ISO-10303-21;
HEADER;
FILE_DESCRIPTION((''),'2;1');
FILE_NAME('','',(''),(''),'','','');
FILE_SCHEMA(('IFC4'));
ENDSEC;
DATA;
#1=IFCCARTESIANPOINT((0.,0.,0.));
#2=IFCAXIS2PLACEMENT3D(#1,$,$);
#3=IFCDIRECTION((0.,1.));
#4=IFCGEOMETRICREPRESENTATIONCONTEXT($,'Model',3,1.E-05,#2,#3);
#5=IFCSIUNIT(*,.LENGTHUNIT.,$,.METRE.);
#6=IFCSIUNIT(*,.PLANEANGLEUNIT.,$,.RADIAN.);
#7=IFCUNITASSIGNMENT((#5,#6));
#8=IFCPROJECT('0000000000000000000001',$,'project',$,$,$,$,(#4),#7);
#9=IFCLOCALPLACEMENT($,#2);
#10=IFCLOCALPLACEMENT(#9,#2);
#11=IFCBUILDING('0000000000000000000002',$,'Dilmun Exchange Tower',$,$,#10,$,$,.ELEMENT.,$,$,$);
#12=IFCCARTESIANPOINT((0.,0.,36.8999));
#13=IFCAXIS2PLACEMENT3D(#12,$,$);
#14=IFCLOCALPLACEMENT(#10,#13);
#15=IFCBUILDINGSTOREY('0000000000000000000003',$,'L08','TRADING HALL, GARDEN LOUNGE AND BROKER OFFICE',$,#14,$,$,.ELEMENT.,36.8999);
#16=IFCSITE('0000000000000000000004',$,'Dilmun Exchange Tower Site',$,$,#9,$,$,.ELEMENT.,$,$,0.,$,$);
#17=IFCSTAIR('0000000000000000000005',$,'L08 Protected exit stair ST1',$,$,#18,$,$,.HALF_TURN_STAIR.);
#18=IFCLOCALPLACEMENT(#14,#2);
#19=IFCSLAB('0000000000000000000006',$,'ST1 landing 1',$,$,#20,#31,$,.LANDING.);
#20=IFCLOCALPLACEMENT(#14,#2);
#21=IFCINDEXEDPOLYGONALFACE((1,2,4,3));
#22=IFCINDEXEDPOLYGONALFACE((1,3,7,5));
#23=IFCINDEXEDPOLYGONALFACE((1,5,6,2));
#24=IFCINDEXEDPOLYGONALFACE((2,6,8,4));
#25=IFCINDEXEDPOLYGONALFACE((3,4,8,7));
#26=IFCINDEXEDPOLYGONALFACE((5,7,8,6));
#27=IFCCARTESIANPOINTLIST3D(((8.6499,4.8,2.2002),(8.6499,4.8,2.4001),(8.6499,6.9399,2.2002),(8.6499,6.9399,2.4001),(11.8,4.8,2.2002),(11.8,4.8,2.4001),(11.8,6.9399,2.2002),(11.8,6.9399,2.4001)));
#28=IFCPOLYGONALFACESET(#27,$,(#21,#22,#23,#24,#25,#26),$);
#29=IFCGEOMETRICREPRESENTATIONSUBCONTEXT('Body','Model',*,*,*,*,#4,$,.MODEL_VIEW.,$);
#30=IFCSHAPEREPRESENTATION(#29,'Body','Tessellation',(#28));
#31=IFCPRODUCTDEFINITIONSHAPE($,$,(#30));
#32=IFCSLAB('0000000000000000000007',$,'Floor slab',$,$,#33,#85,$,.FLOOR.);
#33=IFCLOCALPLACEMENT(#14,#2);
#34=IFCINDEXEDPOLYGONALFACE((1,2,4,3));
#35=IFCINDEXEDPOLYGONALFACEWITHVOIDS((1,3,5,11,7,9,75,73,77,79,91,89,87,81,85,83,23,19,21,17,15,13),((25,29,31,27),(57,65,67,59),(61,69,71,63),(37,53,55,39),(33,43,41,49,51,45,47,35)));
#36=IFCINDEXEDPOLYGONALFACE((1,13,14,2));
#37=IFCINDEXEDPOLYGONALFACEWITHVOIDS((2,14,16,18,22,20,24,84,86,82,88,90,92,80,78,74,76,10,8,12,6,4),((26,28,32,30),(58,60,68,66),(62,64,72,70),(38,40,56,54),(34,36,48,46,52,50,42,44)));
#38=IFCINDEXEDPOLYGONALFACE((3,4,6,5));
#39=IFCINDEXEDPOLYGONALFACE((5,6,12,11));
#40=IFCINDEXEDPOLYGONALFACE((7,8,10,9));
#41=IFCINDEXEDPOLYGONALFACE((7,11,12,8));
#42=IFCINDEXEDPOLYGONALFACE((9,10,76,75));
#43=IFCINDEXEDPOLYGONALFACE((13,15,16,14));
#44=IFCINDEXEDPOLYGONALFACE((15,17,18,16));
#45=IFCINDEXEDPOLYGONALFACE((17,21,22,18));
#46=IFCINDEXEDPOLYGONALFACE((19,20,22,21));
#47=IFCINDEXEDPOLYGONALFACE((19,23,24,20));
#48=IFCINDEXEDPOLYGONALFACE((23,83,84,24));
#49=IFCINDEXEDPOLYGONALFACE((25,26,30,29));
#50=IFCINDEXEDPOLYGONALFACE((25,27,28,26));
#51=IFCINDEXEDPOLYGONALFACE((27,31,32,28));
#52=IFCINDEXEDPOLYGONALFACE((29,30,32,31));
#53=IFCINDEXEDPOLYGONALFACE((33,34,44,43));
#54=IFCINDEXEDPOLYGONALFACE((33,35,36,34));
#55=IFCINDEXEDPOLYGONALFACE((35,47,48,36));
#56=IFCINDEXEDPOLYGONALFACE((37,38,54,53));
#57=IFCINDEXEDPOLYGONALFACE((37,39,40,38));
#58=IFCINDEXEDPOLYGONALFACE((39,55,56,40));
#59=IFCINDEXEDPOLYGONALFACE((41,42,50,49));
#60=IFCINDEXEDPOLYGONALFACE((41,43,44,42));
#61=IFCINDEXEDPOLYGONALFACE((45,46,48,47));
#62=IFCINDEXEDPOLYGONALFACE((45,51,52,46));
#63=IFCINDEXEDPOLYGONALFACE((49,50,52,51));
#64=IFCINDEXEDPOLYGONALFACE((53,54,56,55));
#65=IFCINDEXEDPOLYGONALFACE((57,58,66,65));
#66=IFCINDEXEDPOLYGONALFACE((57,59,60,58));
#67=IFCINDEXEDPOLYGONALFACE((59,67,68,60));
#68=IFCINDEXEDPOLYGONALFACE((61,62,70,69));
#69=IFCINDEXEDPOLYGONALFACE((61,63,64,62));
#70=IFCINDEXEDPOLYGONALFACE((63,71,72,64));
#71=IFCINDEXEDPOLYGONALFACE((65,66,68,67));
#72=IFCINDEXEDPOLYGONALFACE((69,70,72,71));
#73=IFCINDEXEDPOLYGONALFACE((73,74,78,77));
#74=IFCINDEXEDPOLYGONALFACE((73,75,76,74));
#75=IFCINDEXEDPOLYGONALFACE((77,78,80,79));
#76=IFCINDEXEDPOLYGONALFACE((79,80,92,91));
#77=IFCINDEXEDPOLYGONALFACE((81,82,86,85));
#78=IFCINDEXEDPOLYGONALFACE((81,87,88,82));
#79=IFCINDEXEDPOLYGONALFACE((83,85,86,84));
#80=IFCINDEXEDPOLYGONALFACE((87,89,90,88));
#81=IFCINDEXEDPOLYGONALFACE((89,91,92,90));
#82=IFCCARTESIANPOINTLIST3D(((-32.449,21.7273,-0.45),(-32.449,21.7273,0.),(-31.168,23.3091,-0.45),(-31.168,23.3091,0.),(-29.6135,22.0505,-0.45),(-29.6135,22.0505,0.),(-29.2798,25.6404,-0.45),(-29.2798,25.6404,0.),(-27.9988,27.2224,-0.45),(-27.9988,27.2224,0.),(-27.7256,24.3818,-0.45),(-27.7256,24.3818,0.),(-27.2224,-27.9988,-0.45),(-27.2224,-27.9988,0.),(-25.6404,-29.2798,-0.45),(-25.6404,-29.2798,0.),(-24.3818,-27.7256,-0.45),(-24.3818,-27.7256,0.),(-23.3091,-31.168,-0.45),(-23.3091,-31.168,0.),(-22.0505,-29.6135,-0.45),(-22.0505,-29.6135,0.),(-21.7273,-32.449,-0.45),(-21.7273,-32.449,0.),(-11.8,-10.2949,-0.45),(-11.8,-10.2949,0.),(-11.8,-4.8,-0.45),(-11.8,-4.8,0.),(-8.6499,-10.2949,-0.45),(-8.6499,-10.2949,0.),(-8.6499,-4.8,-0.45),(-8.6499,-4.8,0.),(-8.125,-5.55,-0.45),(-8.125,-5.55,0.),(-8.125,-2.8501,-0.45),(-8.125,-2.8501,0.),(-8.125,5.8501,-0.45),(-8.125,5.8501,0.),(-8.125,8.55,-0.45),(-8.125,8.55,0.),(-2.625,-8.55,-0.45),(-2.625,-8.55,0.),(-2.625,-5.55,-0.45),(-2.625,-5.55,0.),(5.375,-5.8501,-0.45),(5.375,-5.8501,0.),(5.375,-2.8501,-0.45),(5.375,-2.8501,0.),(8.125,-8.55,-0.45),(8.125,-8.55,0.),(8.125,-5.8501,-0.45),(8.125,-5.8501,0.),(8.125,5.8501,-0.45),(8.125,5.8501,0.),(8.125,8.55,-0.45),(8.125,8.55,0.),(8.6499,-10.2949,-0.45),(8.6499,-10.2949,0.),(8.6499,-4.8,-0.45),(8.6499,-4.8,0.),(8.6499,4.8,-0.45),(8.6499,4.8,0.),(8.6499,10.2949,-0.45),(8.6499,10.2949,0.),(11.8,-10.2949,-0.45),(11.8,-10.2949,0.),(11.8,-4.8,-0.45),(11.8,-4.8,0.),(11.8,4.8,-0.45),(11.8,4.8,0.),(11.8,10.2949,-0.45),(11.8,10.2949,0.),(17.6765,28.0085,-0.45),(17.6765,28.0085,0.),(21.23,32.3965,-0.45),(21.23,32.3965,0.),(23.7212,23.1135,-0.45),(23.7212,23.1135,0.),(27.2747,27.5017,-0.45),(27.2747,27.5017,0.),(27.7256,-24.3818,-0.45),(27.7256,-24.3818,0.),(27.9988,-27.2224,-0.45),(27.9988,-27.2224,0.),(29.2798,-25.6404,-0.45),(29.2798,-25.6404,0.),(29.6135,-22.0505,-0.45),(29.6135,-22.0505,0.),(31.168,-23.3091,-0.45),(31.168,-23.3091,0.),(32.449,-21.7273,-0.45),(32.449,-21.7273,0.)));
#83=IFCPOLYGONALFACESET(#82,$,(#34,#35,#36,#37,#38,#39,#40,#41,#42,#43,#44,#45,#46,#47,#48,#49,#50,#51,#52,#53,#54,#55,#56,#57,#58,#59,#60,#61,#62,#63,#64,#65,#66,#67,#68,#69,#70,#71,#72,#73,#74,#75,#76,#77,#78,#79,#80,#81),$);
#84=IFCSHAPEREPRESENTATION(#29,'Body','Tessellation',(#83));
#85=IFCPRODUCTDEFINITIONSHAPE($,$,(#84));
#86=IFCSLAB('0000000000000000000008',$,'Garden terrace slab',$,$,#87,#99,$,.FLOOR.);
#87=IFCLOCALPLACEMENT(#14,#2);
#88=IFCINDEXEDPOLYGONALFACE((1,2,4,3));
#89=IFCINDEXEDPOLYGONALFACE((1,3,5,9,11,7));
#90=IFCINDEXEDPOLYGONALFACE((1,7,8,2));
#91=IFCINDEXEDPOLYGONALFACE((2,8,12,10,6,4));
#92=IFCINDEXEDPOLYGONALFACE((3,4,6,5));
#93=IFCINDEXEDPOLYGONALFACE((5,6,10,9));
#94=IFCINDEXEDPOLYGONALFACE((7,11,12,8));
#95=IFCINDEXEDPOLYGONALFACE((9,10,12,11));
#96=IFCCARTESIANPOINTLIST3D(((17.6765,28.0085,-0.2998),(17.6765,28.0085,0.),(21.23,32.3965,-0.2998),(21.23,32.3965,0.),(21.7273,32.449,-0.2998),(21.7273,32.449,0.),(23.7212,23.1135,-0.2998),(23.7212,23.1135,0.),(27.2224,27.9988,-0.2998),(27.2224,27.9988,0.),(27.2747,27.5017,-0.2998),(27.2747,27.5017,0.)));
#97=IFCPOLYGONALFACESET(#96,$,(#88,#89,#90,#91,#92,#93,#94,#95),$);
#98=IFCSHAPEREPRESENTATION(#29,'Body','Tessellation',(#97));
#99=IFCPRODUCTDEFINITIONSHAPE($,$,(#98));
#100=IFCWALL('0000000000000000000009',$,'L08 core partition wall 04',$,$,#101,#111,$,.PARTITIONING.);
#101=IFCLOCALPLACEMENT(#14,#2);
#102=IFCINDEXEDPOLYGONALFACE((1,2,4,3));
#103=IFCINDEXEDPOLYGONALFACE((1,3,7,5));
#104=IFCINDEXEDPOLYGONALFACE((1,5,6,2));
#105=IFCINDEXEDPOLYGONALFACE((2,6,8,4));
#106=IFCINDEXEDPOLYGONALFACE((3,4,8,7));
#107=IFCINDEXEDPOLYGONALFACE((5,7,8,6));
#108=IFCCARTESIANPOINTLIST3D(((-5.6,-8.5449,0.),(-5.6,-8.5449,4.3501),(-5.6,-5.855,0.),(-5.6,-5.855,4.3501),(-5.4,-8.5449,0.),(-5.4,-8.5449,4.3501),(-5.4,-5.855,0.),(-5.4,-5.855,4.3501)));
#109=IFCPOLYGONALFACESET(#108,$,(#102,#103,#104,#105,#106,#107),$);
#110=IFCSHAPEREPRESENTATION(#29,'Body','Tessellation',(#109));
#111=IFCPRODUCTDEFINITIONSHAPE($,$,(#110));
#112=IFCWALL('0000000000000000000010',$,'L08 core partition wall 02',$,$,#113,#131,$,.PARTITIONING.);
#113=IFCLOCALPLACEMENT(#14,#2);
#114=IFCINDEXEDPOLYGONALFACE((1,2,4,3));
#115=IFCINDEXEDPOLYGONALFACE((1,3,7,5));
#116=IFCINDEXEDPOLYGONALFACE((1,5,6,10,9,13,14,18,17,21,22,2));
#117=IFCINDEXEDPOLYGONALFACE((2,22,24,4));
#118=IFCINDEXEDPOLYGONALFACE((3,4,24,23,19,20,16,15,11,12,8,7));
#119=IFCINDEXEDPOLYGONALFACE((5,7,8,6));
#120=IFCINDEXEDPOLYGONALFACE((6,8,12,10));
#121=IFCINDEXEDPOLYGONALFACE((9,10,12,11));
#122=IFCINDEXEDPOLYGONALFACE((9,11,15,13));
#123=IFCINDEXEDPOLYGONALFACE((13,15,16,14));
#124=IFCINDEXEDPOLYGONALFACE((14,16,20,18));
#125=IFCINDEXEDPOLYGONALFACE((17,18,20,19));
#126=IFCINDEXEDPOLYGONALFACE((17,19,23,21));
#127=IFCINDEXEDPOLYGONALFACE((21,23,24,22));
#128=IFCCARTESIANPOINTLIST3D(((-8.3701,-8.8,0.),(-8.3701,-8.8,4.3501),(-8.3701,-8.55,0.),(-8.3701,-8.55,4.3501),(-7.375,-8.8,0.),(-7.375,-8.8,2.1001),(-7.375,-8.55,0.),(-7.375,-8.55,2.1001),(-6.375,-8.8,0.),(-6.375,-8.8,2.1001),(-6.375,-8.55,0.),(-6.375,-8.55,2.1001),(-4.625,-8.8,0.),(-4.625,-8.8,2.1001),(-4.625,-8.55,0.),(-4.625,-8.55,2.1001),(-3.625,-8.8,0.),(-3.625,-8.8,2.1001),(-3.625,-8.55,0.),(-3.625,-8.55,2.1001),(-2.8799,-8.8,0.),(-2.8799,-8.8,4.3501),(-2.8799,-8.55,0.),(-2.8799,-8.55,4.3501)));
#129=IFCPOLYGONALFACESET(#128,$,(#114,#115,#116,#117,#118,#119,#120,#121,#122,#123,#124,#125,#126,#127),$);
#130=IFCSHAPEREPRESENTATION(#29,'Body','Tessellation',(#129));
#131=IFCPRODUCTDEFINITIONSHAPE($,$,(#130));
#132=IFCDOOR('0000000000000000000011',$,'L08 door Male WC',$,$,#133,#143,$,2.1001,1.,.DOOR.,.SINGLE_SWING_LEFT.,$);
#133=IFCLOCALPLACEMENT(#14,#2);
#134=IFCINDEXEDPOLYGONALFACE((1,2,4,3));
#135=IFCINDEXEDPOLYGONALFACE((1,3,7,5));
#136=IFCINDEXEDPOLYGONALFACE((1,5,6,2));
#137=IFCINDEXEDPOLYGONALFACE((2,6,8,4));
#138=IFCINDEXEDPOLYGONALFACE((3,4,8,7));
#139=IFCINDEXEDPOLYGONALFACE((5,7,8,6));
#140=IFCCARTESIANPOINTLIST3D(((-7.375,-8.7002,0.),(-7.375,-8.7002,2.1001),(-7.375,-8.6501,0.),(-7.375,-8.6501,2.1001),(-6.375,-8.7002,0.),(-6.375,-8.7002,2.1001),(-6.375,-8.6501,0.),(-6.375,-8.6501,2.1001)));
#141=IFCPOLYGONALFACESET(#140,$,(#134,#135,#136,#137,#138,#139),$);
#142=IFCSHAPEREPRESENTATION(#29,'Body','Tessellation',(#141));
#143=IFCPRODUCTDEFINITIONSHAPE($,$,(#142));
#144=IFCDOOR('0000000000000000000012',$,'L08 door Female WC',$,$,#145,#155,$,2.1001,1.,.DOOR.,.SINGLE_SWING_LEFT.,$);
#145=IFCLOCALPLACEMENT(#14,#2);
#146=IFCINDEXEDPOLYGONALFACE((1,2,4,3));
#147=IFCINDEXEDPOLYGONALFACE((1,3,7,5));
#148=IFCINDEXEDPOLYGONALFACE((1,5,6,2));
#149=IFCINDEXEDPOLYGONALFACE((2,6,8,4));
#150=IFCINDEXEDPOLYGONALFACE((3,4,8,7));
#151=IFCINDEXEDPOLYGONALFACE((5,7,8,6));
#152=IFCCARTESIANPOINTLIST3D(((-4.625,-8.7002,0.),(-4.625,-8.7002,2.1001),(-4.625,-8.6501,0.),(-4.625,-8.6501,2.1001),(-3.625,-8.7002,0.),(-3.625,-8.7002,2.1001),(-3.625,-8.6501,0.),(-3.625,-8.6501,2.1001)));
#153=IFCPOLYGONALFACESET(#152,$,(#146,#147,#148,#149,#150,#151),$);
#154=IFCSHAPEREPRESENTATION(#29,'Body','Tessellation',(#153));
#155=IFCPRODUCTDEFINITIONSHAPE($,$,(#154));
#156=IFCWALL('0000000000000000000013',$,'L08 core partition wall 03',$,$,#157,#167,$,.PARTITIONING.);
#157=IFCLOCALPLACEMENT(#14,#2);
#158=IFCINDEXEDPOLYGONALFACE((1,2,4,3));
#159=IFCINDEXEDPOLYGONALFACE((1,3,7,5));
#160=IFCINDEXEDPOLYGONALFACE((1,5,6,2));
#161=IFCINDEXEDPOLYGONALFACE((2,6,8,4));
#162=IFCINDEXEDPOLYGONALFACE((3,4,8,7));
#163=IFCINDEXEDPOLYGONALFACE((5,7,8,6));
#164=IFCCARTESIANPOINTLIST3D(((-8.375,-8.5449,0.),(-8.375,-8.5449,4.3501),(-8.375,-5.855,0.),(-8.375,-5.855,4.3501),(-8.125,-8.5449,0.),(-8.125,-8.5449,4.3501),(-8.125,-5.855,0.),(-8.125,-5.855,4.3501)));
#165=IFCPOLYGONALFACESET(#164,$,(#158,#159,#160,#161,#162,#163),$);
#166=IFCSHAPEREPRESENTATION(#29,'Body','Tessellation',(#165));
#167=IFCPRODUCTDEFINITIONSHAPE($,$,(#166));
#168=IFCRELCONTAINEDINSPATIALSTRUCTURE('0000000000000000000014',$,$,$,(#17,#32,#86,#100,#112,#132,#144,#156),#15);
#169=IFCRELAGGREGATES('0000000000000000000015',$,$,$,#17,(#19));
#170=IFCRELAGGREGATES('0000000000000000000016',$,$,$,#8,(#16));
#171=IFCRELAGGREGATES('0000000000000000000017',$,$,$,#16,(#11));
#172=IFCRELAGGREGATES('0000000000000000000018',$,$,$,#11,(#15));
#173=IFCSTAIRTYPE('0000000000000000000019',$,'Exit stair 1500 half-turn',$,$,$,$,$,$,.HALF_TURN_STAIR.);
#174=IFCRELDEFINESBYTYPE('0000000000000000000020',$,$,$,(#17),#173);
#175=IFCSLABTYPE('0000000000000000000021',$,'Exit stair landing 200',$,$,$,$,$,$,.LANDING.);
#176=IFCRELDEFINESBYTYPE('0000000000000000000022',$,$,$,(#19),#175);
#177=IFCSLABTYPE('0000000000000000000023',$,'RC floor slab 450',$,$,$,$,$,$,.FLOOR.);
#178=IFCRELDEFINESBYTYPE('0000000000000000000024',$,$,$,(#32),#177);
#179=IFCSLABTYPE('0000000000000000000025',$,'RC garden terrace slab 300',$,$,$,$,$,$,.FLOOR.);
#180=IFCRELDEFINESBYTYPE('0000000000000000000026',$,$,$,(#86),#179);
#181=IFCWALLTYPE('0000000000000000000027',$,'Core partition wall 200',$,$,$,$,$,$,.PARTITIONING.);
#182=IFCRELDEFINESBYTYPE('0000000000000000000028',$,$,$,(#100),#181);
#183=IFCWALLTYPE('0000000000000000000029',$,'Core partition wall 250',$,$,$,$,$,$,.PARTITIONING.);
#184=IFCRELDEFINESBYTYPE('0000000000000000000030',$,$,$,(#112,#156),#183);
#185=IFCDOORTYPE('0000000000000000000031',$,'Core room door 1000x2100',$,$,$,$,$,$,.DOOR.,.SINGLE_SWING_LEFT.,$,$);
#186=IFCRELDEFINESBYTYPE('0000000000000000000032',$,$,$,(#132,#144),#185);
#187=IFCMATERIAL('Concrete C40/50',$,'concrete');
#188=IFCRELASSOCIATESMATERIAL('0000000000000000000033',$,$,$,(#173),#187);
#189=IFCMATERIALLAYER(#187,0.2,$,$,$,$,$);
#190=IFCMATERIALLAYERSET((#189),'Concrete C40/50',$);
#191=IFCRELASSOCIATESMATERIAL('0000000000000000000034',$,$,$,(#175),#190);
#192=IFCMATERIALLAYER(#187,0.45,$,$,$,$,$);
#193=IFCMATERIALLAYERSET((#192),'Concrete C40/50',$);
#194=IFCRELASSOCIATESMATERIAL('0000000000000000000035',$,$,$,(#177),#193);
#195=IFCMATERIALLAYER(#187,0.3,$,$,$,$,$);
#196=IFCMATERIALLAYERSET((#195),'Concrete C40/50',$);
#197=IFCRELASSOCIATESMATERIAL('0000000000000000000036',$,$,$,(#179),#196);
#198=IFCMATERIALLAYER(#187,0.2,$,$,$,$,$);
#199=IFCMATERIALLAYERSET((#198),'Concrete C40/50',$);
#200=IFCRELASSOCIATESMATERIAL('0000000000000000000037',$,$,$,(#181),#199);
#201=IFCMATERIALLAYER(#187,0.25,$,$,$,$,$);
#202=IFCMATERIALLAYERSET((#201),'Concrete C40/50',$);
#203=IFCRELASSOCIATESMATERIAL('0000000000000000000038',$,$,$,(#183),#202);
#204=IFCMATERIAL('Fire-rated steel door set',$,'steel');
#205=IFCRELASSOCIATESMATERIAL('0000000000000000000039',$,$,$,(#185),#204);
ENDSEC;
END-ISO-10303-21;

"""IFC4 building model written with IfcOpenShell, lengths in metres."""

from ifc_helpers import new_model, si_unit, direction, frame, frame_2d, origin, place, context, subcontext, project, spatial, polyline, rectangle, outline, extrude, material, layer, layer_set, type_object, element, fill, aggregate, save


model = new_model("IFC4")

# Units and contexts
model_context = context("Model", 3, precision=1e-05, world=origin(), true_north=direction((0.0, 1.0)))
body_context = subcontext(model_context, "Body", "Model", "MODEL_VIEW")
ifc_project = project(units=[si_unit("LENGTHUNIT", "METRE"), si_unit("PLANEANGLEUNIT", "RADIAN")], contexts=[model_context])

# Site, building, storey
site_placement = place(None, origin())
site = spatial("IfcSite", under=ifc_project, at=site_placement, Name="Dilmun Exchange Tower Site", CompositionType="ELEMENT", RefElevation=0.0)
building_placement = place(site_placement, origin())
building = spatial("IfcBuilding", under=site, at=building_placement, Name="Dilmun Exchange Tower", CompositionType="ELEMENT")
storey_placement = place(building_placement, frame((0.0, 0.0, 36.8999)))
storey = spatial("IfcBuildingStorey", under=building, at=storey_placement, Name="L08", Description="TRADING HALL, GARDEN LOUNGE AND BROKER OFFICE", CompositionType="ELEMENT", Elevation=36.8999)

# Stair, slab
ifc_material_1 = material(Name="Concrete C40/50", Category="concrete")
stair_type = type_object("IfcStairType", Name="Exit stair 1500 half-turn", PredefinedType="HALF_TURN_STAIR", material=ifc_material_1)
stair_placement = place(storey_placement, origin())
stair = element("IfcStair", 1, at=stair_placement, inside=storey, type_object=stair_type, Name="L08 Protected exit stair ST1", PredefinedType="HALF_TURN_STAIR")
ifc_layer_1 = layer(ifc_material_1, 0.2)
ifc_layer_set_1 = layer_set([ifc_layer_1], Name="Concrete C40/50")
slab_type_1 = type_object("IfcSlabType", Name="Exit stair landing 200", PredefinedType="LANDING", material=ifc_layer_set_1)
slab_1_placement = place(storey_placement, frame((0.0, 0.0, 2.2002)))
slab_1 = element("IfcSlab", 2, at=slab_1_placement, type_object=slab_type_1, Name="ST1 landing 1", PredefinedType="LANDING", context=body_context, shape_type="SweptSolid", body=[
    extrude(outline(polyline([(8.6499, 6.9399), (8.6499, 4.8), (11.8, 4.8), (11.8, 6.9399), (8.6499, 6.9399)])), origin(), (0.0, 0.0, 1.0), 0.2),
])
aggregate(stair, [slab_1])

# Slabs
ifc_layer_2 = layer(ifc_material_1, 0.45)
ifc_layer_set_2 = layer_set([ifc_layer_2], Name="Concrete C40/50")
slab_type_2 = type_object("IfcSlabType", Name="RC floor slab 450", PredefinedType="FLOOR", material=ifc_layer_set_2)
slab_2_placement = place(storey_placement, frame((0.0, 0.0, -0.45)))
element("IfcSlab", 3, at=slab_2_placement, inside=storey, type_object=slab_type_2, Name="Floor slab", PredefinedType="FLOOR", context=body_context, shape_type="SweptSolid", body=[
    extrude(outline(polyline([(31.168, -23.3091), (29.6135, -22.0505), (27.7256, -24.3818), (29.2798, -25.6404), (27.9988, -27.2224), (-21.7273, -32.449), (-23.3091, -31.168), (-22.0505, -29.6135), (-24.3818, -27.7256), (-25.6404, -29.2798), (-27.2224, -27.9988), (-32.449, 21.7273), (-31.168, 23.3091), (-29.6135, 22.0505), (-27.7256, 24.3818), (-29.2798, 25.6404), (-27.9988, 27.2224), (21.23, 32.3965), (17.6765, 28.0085), (23.7212, 23.1135), (27.2747, 27.5017), (32.449, -21.7273), (31.168, -23.3091)]), holes=[polyline([(-8.6499, -4.8), (-11.8, -4.8), (-11.8, -10.2949), (-8.6499, -10.2949), (-8.6499, -4.8)]), polyline([(11.8, -4.8), (8.6499, -4.8), (8.6499, -10.2949), (11.8, -10.2949), (11.8, -4.8)]), polyline([(-8.125, -2.8501), (-8.125, -5.55), (-2.625, -5.55), (-2.625, -8.55), (8.125, -8.55), (8.125, -5.8501), (5.375, -5.8501), (5.375, -2.8501), (-8.125, -2.8501)]), polyline([(-8.125, 5.8501), (8.125, 5.8501), (8.125, 8.55), (-8.125, 8.55), (-8.125, 5.8501)]), polyline([(8.6499, 10.2949), (8.6499, 4.8), (11.8, 4.8), (11.8, 10.2949), (8.6499, 10.2949)])]), origin(), (0.0, 0.0, 1.0), 0.45),
])
ifc_layer_3 = layer(ifc_material_1, 0.3)
ifc_layer_set_3 = layer_set([ifc_layer_3], Name="Concrete C40/50")
slab_type_3 = type_object("IfcSlabType", Name="RC garden terrace slab 300", PredefinedType="FLOOR", material=ifc_layer_set_3)
slab_3_placement = place(storey_placement, frame((0.0, 0.0, -0.2998)))
element("IfcSlab", 4, at=slab_3_placement, inside=storey, type_object=slab_type_3, Name="Garden terrace slab", PredefinedType="FLOOR", context=body_context, shape_type="SweptSolid", body=[
    extrude(outline(polyline([(17.6765, 28.0085), (21.23, 32.3965), (21.7273, 32.449), (27.2224, 27.9988), (27.2747, 27.5017), (23.7212, 23.1135), (17.6765, 28.0085)])), origin(), (0.0, 0.0, 1.0), 0.2998),
])

# Wall
ifc_layer_4 = layer(ifc_material_1, 0.2)
ifc_layer_set_4 = layer_set([ifc_layer_4], Name="Concrete C40/50")
wall_type_1 = type_object("IfcWallType", Name="Core partition wall 200", PredefinedType="PARTITIONING", material=ifc_layer_set_4)
wall_1_placement = place(storey_placement, frame((-5.5, -8.5449, 0.0), z_axis=(0.0, 0.0, 1.0), x_axis=(0.0, 1.0, 0.0)))
element("IfcWall", 5, at=wall_1_placement, inside=storey, type_object=wall_type_1, Name="L08 core partition wall 04", PredefinedType="PARTITIONING", context=body_context, shape_type="SweptSolid", body=[
    extrude(rectangle(XDim=2.6899, YDim=0.2, at=frame_2d((1.345, 0.0))), origin(), (0.0, 0.0, 1.0), 4.3501),
])

# Wall, openings, doors
ifc_layer_5 = layer(ifc_material_1, 0.25)
ifc_layer_set_5 = layer_set([ifc_layer_5], Name="Concrete C40/50")
wall_type_2 = type_object("IfcWallType", Name="Core partition wall 250", PredefinedType="PARTITIONING", material=ifc_layer_set_5)
wall_2_placement = place(storey_placement, frame((-8.3701, -8.675, 0.0), z_axis=(0.0, 0.0, 1.0), x_axis=(1.0, 0.0, 0.0)))
wall_2 = element("IfcWall", 6, at=wall_2_placement, inside=storey, type_object=wall_type_2, Name="L08 core partition wall 02", PredefinedType="PARTITIONING", context=body_context, shape_type="SweptSolid", body=[
    extrude(rectangle(XDim=5.4902, YDim=0.25, at=frame_2d((2.7451, 0.0))), origin(), (0.0, 0.0, 1.0), 4.3501),
])
opening_1_placement = place(wall_2_placement, frame((0.9951, 0.0, 0.0)))
opening_1 = element("IfcOpeningElement", 7, at=opening_1_placement, cuts=wall_2, PredefinedType="OPENING", context=body_context, shape_type="SweptSolid", body=[
    extrude(rectangle(XDim=1.0, YDim=2.1001, at=frame_2d((0.5, 1.05))), frame((0.0, 0.135, 0.0), z_axis=(0.0, -1.0, 0.0), x_axis=(1.0, 0.0, 0.0)), (0.0, 0.0, 1.0), 0.27),
])
opening_2_placement = place(wall_2_placement, frame((3.7451, 0.0, 0.0)))
opening_2 = element("IfcOpeningElement", 8, at=opening_2_placement, cuts=wall_2, PredefinedType="OPENING", context=body_context, shape_type="SweptSolid", body=[
    extrude(rectangle(XDim=1.0, YDim=2.1001, at=frame_2d((0.5, 1.05))), frame((0.0, 0.135, 0.0), z_axis=(0.0, -1.0, 0.0), x_axis=(1.0, 0.0, 0.0)), (0.0, 0.0, 1.0), 0.27),
])
ifc_material_2 = material(Name="Fire-rated steel door set", Category="steel")
door_type_1 = type_object("IfcDoorType", Name="Core room door 1000x2100", OperationType="SINGLE_SWING_LEFT", PredefinedType="DOOR", material=ifc_material_2)
door_1_placement = place(opening_1_placement, origin())
door_1 = element("IfcDoor", 9, at=door_1_placement, inside=storey, type_object=door_type_1, Name="L08 door Male WC", OperationType="SINGLE_SWING_LEFT", OverallHeight=2.1001, OverallWidth=1.0, PredefinedType="DOOR", context=body_context, shape_type="SweptSolid", body=[
    extrude(rectangle(XDim=1.0, YDim=2.1001, at=frame_2d((0.5, 1.05))), frame((0.0, 0.0249, 0.0), z_axis=(0.0, -1.0, 0.0), x_axis=(1.0, 0.0, 0.0)), (0.0, 0.0, 1.0), 0.05),
])
fill(opening_1, door_1)
door_2_placement = place(opening_2_placement, origin())
door_2 = element("IfcDoor", 10, at=door_2_placement, inside=storey, type_object=door_type_1, Name="L08 door Female WC", OperationType="SINGLE_SWING_LEFT", OverallHeight=2.1001, OverallWidth=1.0, PredefinedType="DOOR", context=body_context, shape_type="SweptSolid", body=[
    extrude(rectangle(XDim=1.0, YDim=2.1001, at=frame_2d((0.5, 1.05))), frame((0.0, 0.0249, 0.0), z_axis=(0.0, -1.0, 0.0), x_axis=(1.0, 0.0, 0.0)), (0.0, 0.0, 1.0), 0.05),
])
fill(opening_2, door_2)

# Wall
wall_3_placement = place(storey_placement, frame((-8.25, -8.5449, 0.0), z_axis=(0.0, 0.0, 1.0), x_axis=(0.0, 1.0, 0.0)))
element("IfcWall", 11, at=wall_3_placement, inside=storey, type_object=wall_type_2, Name="L08 core partition wall 03", PredefinedType="PARTITIONING", context=body_context, shape_type="SweptSolid", body=[
    extrude(rectangle(XDim=2.6899, YDim=0.25, at=frame_2d((1.345, 0.0))), origin(), (0.0, 0.0, 1.0), 4.3501),
])

save(model, "model.ifc")
